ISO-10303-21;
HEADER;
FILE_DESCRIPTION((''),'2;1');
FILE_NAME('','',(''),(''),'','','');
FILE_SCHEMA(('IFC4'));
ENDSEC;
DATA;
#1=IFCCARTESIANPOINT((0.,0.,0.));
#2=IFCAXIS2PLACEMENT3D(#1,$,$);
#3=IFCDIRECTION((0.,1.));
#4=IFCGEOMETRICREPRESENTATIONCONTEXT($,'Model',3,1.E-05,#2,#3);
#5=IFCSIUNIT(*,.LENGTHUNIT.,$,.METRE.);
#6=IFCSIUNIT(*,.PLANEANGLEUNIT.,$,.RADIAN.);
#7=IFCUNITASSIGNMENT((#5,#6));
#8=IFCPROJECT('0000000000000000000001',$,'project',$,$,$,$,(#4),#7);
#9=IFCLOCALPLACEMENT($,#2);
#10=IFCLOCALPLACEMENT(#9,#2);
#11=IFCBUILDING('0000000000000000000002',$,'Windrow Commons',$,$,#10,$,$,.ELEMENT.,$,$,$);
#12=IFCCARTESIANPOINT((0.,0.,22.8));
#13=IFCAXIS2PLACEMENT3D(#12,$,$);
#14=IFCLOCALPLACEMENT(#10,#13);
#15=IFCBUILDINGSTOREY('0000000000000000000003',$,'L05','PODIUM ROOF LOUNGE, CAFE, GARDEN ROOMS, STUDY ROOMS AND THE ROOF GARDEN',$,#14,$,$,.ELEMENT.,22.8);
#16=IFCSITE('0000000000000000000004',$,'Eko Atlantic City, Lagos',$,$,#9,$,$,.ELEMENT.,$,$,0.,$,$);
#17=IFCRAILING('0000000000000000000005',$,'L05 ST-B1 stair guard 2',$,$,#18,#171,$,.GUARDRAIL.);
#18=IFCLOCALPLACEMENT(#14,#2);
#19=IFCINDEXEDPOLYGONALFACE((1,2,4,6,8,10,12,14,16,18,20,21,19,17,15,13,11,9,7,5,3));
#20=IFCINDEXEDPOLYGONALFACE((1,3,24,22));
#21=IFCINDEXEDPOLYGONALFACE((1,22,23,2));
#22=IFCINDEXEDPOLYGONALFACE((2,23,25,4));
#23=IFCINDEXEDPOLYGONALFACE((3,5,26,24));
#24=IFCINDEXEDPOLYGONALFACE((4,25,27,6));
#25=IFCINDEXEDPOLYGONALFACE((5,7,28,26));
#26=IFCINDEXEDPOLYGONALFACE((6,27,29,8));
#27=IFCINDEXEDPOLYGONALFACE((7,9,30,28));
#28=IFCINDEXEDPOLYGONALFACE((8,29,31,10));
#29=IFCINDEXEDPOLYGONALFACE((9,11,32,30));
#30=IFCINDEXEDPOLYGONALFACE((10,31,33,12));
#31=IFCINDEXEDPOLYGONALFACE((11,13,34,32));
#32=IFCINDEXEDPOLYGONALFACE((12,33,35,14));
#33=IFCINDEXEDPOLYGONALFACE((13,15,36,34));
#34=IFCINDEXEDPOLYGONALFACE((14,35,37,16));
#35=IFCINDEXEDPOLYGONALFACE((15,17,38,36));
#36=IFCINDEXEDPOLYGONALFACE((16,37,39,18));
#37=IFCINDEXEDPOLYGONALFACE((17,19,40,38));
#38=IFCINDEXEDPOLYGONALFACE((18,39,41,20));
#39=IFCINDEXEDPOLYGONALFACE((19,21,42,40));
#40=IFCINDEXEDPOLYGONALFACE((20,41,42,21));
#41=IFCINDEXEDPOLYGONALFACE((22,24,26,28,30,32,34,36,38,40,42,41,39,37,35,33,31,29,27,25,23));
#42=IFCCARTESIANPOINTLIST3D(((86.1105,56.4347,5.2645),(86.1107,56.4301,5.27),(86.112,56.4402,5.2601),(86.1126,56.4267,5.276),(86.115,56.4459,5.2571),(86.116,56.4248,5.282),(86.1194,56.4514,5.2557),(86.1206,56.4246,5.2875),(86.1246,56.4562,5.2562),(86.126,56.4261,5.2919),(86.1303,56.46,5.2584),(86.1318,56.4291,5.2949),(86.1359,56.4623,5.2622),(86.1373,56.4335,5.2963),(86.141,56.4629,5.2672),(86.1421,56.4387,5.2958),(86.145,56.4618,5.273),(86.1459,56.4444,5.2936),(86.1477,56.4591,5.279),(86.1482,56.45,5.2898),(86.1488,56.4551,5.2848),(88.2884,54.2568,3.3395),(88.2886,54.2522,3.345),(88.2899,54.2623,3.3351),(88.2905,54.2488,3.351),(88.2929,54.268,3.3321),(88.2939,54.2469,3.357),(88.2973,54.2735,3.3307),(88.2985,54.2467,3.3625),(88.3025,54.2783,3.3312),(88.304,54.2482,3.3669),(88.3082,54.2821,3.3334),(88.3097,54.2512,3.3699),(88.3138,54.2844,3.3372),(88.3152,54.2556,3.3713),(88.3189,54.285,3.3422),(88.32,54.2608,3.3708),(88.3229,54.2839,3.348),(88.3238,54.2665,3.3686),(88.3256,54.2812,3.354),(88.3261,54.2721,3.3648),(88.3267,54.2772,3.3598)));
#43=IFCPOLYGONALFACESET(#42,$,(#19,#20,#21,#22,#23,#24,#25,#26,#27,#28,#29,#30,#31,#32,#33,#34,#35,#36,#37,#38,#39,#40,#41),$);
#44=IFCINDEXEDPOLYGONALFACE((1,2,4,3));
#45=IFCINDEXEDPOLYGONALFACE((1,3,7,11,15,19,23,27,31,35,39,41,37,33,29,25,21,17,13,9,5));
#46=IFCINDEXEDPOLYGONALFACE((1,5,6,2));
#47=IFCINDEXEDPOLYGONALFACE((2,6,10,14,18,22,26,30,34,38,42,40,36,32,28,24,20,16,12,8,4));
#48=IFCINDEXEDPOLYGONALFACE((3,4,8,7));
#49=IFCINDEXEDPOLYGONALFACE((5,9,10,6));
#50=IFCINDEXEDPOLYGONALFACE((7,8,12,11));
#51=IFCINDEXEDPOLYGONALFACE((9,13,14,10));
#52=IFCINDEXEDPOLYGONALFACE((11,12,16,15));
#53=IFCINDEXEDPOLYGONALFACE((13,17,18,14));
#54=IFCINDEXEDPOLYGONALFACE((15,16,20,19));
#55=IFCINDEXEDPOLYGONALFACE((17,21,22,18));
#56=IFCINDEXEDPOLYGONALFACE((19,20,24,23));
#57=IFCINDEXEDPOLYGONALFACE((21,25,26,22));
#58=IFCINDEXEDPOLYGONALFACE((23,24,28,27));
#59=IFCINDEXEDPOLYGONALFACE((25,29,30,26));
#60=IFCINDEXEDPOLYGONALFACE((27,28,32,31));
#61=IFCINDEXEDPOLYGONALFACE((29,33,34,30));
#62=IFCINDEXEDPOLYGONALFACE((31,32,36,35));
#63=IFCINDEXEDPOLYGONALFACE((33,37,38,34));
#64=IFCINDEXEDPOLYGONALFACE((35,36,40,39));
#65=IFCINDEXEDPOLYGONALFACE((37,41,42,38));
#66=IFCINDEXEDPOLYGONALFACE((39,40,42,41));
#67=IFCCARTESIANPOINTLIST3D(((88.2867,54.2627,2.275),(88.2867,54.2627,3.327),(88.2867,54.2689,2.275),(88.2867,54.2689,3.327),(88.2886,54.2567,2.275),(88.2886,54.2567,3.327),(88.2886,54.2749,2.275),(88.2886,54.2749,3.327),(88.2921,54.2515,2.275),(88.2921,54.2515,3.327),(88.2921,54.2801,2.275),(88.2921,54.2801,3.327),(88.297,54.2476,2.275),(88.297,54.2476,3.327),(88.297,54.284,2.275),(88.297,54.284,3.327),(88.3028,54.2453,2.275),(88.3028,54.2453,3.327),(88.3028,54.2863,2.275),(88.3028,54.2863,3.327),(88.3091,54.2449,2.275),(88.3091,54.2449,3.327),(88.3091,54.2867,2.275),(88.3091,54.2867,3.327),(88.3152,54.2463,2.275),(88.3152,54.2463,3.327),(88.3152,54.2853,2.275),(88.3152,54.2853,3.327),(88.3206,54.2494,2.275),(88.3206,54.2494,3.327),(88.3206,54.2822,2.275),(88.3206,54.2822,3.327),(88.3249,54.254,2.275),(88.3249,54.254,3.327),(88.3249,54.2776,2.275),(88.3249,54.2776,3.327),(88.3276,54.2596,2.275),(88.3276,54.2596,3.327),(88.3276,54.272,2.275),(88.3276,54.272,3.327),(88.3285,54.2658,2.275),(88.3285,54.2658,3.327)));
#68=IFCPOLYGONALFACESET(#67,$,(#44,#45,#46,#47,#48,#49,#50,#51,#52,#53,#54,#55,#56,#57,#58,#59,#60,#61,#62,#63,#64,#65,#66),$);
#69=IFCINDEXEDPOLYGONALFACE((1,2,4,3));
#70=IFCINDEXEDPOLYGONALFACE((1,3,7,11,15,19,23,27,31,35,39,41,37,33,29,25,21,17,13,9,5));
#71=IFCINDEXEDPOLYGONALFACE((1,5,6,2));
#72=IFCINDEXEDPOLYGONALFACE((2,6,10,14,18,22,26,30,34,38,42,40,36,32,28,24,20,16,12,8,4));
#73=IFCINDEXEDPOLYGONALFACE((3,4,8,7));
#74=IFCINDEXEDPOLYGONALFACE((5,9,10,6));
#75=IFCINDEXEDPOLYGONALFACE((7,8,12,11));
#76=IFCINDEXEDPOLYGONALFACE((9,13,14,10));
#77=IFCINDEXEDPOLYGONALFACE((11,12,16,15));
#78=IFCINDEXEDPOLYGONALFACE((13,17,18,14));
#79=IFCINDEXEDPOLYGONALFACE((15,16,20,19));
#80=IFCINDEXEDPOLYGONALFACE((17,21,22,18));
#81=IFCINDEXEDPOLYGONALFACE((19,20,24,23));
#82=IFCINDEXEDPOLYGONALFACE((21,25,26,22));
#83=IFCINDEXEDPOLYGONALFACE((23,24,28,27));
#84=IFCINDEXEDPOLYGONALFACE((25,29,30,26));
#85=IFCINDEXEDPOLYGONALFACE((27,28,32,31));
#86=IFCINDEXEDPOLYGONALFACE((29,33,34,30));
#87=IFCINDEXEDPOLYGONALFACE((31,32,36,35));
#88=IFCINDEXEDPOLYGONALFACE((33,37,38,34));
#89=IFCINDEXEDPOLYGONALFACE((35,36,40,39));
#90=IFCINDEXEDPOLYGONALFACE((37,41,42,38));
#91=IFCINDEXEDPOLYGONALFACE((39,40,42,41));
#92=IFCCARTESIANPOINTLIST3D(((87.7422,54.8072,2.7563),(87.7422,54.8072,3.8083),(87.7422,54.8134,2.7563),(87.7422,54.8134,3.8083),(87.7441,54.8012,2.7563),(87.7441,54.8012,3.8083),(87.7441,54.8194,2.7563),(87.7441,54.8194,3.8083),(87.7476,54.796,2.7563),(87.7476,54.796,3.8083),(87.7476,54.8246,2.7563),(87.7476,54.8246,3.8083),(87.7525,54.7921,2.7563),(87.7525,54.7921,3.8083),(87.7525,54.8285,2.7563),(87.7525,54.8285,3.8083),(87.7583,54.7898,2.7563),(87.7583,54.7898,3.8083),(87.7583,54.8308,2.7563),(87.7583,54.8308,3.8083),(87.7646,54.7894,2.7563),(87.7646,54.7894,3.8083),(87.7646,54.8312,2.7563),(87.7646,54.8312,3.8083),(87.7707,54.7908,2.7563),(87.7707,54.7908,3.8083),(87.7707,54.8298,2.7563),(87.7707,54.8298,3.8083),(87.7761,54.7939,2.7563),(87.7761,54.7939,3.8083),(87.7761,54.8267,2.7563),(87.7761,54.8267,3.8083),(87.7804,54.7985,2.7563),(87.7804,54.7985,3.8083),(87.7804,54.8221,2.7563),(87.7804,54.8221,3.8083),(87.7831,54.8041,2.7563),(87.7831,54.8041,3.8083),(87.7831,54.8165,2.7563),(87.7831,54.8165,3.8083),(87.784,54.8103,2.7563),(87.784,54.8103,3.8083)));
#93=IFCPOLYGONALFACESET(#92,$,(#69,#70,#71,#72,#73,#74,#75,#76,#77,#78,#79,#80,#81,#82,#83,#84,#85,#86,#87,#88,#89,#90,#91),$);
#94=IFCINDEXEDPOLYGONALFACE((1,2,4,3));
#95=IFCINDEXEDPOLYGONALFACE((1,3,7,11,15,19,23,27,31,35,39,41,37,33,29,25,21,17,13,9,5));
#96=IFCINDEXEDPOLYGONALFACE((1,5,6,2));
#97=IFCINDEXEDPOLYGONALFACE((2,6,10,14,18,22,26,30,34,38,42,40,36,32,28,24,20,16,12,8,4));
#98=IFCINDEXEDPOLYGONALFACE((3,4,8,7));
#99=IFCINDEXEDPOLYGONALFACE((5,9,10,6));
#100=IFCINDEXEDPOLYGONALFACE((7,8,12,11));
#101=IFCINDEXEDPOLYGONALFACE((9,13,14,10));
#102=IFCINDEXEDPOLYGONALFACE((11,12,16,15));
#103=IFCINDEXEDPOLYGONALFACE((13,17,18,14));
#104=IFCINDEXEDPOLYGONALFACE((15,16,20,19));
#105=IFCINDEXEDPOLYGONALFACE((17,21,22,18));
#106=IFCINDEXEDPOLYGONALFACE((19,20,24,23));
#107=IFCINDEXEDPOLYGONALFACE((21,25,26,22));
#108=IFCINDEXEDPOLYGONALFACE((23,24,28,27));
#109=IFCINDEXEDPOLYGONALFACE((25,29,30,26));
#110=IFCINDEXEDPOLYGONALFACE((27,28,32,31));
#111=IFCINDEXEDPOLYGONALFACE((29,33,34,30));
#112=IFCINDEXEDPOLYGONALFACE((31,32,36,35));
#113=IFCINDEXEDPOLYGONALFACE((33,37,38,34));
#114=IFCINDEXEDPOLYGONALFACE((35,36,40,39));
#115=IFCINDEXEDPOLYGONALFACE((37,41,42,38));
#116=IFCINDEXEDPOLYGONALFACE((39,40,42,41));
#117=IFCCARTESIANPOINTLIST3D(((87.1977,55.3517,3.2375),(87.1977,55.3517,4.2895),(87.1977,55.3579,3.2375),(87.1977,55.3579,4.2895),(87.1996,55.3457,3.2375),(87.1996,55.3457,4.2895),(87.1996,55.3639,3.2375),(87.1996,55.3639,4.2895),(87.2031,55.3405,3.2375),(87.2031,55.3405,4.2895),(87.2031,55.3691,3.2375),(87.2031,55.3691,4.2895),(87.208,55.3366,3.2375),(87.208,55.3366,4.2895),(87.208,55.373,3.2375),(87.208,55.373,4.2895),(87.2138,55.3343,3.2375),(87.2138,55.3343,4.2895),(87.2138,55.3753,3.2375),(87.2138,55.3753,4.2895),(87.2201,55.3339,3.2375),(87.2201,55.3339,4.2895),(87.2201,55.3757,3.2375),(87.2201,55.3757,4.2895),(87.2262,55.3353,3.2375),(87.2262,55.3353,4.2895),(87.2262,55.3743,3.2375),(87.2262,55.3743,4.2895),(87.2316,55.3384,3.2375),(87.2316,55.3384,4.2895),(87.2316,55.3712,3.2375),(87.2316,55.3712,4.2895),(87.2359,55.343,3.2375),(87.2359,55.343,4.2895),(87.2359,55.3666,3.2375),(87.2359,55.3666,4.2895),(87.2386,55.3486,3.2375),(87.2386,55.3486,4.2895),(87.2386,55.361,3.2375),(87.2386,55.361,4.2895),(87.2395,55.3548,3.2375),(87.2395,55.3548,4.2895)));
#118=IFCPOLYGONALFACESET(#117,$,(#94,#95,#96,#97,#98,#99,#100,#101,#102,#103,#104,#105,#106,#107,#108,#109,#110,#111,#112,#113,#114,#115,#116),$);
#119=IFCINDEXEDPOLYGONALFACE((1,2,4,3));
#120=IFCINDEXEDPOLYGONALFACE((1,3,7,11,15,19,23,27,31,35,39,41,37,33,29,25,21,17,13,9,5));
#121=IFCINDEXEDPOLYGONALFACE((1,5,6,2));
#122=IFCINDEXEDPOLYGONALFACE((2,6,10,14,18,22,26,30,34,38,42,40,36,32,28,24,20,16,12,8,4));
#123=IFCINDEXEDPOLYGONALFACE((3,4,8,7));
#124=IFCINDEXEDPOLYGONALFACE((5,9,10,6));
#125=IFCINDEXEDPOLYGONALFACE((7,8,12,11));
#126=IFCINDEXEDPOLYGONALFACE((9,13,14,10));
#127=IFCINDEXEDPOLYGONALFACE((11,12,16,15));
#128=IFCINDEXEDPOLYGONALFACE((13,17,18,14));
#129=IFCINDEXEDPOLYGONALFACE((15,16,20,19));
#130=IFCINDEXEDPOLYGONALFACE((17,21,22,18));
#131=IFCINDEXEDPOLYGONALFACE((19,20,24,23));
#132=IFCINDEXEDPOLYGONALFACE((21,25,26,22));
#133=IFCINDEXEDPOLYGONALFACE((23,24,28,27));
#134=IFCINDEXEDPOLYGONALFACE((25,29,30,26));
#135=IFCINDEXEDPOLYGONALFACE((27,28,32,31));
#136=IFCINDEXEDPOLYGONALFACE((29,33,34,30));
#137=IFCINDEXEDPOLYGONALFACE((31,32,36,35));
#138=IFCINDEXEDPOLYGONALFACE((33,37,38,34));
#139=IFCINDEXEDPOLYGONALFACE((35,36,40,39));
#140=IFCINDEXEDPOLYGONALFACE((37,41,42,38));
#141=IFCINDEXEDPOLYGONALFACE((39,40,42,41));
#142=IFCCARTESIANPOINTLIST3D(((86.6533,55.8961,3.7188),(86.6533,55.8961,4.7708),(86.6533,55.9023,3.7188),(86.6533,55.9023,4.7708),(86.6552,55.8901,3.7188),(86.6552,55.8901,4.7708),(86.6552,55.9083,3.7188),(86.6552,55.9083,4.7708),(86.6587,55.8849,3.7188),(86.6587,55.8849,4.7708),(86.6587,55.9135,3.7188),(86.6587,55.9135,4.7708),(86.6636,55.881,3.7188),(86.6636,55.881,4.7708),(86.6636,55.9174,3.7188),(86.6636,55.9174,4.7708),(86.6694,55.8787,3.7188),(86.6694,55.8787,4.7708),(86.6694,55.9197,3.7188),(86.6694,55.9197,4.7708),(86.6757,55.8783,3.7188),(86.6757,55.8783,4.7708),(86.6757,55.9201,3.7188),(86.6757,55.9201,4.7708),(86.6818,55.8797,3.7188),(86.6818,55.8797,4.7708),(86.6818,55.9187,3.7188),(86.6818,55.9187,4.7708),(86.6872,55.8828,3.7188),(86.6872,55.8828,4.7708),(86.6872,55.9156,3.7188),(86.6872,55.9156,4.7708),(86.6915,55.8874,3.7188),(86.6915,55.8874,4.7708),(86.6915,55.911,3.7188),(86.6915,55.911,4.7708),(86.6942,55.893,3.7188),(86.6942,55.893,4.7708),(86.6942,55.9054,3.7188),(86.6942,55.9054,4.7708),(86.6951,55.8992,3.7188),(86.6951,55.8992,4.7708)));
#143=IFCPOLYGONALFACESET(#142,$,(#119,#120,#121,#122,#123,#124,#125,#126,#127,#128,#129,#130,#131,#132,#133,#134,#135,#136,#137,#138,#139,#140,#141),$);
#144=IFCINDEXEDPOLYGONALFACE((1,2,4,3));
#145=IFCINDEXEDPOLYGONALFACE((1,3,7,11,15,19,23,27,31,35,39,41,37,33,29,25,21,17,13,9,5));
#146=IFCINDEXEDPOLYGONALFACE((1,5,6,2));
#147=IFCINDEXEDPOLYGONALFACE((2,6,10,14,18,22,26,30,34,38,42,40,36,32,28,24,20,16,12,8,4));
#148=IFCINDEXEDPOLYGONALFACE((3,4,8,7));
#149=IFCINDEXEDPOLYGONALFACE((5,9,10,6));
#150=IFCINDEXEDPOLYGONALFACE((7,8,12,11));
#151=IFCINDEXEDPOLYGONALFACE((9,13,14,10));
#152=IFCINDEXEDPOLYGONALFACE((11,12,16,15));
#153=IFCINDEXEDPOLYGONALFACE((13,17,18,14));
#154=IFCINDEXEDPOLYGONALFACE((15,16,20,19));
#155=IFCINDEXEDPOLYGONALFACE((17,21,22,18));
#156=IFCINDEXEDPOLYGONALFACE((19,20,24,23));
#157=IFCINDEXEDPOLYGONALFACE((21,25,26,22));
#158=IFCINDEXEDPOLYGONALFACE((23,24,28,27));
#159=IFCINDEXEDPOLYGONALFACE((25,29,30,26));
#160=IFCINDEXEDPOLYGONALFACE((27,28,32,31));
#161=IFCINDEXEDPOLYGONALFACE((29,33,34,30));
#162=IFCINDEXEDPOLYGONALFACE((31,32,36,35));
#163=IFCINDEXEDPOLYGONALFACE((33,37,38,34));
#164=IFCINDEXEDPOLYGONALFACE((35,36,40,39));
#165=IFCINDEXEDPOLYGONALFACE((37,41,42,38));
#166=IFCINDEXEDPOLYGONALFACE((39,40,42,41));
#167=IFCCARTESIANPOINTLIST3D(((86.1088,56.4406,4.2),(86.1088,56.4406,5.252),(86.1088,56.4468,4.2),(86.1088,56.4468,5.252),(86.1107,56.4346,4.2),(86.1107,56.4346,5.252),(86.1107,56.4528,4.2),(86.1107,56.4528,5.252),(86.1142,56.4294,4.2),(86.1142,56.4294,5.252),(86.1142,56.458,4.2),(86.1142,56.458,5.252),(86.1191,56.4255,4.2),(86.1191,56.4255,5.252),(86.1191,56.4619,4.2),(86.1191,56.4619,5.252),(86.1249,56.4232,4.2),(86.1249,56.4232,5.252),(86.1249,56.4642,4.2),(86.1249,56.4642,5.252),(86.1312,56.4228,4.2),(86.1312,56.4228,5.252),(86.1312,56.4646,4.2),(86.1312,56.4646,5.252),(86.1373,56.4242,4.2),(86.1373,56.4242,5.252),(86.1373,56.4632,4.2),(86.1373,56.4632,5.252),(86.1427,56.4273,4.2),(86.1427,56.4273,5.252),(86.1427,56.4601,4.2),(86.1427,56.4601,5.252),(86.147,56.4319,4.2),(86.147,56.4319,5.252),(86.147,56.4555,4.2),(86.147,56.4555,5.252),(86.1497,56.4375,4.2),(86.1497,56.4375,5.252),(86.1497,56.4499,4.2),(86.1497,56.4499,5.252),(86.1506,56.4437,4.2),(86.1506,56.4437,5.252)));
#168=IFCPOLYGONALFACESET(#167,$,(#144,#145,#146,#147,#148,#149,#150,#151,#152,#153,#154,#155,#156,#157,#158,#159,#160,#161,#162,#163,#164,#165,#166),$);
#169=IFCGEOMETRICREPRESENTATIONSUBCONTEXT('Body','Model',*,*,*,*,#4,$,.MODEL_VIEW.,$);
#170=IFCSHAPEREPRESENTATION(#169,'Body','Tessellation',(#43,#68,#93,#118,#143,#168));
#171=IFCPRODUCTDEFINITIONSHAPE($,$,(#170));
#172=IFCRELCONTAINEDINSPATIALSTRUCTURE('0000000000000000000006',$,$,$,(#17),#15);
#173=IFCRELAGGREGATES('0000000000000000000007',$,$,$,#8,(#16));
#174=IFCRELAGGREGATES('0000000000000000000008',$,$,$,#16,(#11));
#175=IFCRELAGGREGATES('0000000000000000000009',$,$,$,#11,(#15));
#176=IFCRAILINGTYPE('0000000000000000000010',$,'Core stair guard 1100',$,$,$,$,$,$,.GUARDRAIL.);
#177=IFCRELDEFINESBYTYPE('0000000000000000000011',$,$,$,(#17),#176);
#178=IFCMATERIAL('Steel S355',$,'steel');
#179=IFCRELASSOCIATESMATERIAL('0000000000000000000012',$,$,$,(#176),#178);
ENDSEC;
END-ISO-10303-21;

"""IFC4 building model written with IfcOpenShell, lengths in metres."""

from ifc_helpers import new_model, si_unit, direction, frame, origin, origin_2d, place, context, subcontext, project, spatial, circle, extrude, material, type_object, element, save


model = new_model("IFC4")

# Units and contexts
model_context = context("Model", 3, precision=1e-05, world=origin(), true_north=direction((0.0, 1.0)))
body_context = subcontext(model_context, "Body", "Model", "MODEL_VIEW")
ifc_project = project(units=[si_unit("LENGTHUNIT", "METRE"), si_unit("PLANEANGLEUNIT", "RADIAN")], contexts=[model_context])

# Site, building, storey
site_placement = place(None, origin())
site = spatial("IfcSite", under=ifc_project, at=site_placement, Name="Eko Atlantic City, Lagos", CompositionType="ELEMENT", RefElevation=0.0)
building_placement = place(site_placement, origin())
building = spatial("IfcBuilding", under=site, at=building_placement, Name="Windrow Commons", CompositionType="ELEMENT")
storey_placement = place(building_placement, frame((0.0, 0.0, 22.8)))
storey = spatial("IfcBuildingStorey", under=building, at=storey_placement, Name="L05", Description="PODIUM ROOF LOUNGE, CAFE, GARDEN ROOMS, STUDY ROOMS AND THE ROOF GARDEN", CompositionType="ELEMENT", Elevation=22.8)

# Railing
ifc_material_1 = material(Name="Steel S355", Category="steel")
railing_type_1 = type_object("IfcRailingType", Name="Core stair guard 1100", PredefinedType="GUARDRAIL", material=ifc_material_1)
railing_1_placement = place(storey_placement, frame((88.3075, 54.2658, 2.275)))
element("IfcRailing", 1, at=railing_1_placement, inside=storey, type_object=railing_type_1, Name="L05 ST-B1 stair guard 2", PredefinedType="GUARDRAIL", context=body_context, shape_type="SweptSolid", body=[
    extrude(circle(Radius=0.024, at=origin_2d()), frame((0.0, 0.0, 1.076), z_axis=(-0.599626, 0.599626, 0.529997), x_axis=(-0.707107, -0.707107, 0.0)), (0.0, 0.0, 1.0), 3.6321),
    extrude(circle(Radius=0.021, at=origin_2d()), origin(), (0.0, 0.0, 1.0), 1.052),
    extrude(circle(Radius=0.021, at=origin_2d()), frame((-0.5445, 0.5445, 0.4813)), (0.0, 0.0, 1.0), 1.052),
    extrude(circle(Radius=0.021, at=origin_2d()), frame((-1.089, 1.089, 0.9625)), (0.0, 0.0, 1.0), 1.052),
    extrude(circle(Radius=0.021, at=origin_2d()), frame((-1.6334, 1.6334, 1.4438)), (0.0, 0.0, 1.0), 1.052),
    extrude(circle(Radius=0.021, at=origin_2d()), frame((-2.1779, 2.1779, 1.925)), (0.0, 0.0, 1.0), 1.052),
])

save(model, "model.ifc")
